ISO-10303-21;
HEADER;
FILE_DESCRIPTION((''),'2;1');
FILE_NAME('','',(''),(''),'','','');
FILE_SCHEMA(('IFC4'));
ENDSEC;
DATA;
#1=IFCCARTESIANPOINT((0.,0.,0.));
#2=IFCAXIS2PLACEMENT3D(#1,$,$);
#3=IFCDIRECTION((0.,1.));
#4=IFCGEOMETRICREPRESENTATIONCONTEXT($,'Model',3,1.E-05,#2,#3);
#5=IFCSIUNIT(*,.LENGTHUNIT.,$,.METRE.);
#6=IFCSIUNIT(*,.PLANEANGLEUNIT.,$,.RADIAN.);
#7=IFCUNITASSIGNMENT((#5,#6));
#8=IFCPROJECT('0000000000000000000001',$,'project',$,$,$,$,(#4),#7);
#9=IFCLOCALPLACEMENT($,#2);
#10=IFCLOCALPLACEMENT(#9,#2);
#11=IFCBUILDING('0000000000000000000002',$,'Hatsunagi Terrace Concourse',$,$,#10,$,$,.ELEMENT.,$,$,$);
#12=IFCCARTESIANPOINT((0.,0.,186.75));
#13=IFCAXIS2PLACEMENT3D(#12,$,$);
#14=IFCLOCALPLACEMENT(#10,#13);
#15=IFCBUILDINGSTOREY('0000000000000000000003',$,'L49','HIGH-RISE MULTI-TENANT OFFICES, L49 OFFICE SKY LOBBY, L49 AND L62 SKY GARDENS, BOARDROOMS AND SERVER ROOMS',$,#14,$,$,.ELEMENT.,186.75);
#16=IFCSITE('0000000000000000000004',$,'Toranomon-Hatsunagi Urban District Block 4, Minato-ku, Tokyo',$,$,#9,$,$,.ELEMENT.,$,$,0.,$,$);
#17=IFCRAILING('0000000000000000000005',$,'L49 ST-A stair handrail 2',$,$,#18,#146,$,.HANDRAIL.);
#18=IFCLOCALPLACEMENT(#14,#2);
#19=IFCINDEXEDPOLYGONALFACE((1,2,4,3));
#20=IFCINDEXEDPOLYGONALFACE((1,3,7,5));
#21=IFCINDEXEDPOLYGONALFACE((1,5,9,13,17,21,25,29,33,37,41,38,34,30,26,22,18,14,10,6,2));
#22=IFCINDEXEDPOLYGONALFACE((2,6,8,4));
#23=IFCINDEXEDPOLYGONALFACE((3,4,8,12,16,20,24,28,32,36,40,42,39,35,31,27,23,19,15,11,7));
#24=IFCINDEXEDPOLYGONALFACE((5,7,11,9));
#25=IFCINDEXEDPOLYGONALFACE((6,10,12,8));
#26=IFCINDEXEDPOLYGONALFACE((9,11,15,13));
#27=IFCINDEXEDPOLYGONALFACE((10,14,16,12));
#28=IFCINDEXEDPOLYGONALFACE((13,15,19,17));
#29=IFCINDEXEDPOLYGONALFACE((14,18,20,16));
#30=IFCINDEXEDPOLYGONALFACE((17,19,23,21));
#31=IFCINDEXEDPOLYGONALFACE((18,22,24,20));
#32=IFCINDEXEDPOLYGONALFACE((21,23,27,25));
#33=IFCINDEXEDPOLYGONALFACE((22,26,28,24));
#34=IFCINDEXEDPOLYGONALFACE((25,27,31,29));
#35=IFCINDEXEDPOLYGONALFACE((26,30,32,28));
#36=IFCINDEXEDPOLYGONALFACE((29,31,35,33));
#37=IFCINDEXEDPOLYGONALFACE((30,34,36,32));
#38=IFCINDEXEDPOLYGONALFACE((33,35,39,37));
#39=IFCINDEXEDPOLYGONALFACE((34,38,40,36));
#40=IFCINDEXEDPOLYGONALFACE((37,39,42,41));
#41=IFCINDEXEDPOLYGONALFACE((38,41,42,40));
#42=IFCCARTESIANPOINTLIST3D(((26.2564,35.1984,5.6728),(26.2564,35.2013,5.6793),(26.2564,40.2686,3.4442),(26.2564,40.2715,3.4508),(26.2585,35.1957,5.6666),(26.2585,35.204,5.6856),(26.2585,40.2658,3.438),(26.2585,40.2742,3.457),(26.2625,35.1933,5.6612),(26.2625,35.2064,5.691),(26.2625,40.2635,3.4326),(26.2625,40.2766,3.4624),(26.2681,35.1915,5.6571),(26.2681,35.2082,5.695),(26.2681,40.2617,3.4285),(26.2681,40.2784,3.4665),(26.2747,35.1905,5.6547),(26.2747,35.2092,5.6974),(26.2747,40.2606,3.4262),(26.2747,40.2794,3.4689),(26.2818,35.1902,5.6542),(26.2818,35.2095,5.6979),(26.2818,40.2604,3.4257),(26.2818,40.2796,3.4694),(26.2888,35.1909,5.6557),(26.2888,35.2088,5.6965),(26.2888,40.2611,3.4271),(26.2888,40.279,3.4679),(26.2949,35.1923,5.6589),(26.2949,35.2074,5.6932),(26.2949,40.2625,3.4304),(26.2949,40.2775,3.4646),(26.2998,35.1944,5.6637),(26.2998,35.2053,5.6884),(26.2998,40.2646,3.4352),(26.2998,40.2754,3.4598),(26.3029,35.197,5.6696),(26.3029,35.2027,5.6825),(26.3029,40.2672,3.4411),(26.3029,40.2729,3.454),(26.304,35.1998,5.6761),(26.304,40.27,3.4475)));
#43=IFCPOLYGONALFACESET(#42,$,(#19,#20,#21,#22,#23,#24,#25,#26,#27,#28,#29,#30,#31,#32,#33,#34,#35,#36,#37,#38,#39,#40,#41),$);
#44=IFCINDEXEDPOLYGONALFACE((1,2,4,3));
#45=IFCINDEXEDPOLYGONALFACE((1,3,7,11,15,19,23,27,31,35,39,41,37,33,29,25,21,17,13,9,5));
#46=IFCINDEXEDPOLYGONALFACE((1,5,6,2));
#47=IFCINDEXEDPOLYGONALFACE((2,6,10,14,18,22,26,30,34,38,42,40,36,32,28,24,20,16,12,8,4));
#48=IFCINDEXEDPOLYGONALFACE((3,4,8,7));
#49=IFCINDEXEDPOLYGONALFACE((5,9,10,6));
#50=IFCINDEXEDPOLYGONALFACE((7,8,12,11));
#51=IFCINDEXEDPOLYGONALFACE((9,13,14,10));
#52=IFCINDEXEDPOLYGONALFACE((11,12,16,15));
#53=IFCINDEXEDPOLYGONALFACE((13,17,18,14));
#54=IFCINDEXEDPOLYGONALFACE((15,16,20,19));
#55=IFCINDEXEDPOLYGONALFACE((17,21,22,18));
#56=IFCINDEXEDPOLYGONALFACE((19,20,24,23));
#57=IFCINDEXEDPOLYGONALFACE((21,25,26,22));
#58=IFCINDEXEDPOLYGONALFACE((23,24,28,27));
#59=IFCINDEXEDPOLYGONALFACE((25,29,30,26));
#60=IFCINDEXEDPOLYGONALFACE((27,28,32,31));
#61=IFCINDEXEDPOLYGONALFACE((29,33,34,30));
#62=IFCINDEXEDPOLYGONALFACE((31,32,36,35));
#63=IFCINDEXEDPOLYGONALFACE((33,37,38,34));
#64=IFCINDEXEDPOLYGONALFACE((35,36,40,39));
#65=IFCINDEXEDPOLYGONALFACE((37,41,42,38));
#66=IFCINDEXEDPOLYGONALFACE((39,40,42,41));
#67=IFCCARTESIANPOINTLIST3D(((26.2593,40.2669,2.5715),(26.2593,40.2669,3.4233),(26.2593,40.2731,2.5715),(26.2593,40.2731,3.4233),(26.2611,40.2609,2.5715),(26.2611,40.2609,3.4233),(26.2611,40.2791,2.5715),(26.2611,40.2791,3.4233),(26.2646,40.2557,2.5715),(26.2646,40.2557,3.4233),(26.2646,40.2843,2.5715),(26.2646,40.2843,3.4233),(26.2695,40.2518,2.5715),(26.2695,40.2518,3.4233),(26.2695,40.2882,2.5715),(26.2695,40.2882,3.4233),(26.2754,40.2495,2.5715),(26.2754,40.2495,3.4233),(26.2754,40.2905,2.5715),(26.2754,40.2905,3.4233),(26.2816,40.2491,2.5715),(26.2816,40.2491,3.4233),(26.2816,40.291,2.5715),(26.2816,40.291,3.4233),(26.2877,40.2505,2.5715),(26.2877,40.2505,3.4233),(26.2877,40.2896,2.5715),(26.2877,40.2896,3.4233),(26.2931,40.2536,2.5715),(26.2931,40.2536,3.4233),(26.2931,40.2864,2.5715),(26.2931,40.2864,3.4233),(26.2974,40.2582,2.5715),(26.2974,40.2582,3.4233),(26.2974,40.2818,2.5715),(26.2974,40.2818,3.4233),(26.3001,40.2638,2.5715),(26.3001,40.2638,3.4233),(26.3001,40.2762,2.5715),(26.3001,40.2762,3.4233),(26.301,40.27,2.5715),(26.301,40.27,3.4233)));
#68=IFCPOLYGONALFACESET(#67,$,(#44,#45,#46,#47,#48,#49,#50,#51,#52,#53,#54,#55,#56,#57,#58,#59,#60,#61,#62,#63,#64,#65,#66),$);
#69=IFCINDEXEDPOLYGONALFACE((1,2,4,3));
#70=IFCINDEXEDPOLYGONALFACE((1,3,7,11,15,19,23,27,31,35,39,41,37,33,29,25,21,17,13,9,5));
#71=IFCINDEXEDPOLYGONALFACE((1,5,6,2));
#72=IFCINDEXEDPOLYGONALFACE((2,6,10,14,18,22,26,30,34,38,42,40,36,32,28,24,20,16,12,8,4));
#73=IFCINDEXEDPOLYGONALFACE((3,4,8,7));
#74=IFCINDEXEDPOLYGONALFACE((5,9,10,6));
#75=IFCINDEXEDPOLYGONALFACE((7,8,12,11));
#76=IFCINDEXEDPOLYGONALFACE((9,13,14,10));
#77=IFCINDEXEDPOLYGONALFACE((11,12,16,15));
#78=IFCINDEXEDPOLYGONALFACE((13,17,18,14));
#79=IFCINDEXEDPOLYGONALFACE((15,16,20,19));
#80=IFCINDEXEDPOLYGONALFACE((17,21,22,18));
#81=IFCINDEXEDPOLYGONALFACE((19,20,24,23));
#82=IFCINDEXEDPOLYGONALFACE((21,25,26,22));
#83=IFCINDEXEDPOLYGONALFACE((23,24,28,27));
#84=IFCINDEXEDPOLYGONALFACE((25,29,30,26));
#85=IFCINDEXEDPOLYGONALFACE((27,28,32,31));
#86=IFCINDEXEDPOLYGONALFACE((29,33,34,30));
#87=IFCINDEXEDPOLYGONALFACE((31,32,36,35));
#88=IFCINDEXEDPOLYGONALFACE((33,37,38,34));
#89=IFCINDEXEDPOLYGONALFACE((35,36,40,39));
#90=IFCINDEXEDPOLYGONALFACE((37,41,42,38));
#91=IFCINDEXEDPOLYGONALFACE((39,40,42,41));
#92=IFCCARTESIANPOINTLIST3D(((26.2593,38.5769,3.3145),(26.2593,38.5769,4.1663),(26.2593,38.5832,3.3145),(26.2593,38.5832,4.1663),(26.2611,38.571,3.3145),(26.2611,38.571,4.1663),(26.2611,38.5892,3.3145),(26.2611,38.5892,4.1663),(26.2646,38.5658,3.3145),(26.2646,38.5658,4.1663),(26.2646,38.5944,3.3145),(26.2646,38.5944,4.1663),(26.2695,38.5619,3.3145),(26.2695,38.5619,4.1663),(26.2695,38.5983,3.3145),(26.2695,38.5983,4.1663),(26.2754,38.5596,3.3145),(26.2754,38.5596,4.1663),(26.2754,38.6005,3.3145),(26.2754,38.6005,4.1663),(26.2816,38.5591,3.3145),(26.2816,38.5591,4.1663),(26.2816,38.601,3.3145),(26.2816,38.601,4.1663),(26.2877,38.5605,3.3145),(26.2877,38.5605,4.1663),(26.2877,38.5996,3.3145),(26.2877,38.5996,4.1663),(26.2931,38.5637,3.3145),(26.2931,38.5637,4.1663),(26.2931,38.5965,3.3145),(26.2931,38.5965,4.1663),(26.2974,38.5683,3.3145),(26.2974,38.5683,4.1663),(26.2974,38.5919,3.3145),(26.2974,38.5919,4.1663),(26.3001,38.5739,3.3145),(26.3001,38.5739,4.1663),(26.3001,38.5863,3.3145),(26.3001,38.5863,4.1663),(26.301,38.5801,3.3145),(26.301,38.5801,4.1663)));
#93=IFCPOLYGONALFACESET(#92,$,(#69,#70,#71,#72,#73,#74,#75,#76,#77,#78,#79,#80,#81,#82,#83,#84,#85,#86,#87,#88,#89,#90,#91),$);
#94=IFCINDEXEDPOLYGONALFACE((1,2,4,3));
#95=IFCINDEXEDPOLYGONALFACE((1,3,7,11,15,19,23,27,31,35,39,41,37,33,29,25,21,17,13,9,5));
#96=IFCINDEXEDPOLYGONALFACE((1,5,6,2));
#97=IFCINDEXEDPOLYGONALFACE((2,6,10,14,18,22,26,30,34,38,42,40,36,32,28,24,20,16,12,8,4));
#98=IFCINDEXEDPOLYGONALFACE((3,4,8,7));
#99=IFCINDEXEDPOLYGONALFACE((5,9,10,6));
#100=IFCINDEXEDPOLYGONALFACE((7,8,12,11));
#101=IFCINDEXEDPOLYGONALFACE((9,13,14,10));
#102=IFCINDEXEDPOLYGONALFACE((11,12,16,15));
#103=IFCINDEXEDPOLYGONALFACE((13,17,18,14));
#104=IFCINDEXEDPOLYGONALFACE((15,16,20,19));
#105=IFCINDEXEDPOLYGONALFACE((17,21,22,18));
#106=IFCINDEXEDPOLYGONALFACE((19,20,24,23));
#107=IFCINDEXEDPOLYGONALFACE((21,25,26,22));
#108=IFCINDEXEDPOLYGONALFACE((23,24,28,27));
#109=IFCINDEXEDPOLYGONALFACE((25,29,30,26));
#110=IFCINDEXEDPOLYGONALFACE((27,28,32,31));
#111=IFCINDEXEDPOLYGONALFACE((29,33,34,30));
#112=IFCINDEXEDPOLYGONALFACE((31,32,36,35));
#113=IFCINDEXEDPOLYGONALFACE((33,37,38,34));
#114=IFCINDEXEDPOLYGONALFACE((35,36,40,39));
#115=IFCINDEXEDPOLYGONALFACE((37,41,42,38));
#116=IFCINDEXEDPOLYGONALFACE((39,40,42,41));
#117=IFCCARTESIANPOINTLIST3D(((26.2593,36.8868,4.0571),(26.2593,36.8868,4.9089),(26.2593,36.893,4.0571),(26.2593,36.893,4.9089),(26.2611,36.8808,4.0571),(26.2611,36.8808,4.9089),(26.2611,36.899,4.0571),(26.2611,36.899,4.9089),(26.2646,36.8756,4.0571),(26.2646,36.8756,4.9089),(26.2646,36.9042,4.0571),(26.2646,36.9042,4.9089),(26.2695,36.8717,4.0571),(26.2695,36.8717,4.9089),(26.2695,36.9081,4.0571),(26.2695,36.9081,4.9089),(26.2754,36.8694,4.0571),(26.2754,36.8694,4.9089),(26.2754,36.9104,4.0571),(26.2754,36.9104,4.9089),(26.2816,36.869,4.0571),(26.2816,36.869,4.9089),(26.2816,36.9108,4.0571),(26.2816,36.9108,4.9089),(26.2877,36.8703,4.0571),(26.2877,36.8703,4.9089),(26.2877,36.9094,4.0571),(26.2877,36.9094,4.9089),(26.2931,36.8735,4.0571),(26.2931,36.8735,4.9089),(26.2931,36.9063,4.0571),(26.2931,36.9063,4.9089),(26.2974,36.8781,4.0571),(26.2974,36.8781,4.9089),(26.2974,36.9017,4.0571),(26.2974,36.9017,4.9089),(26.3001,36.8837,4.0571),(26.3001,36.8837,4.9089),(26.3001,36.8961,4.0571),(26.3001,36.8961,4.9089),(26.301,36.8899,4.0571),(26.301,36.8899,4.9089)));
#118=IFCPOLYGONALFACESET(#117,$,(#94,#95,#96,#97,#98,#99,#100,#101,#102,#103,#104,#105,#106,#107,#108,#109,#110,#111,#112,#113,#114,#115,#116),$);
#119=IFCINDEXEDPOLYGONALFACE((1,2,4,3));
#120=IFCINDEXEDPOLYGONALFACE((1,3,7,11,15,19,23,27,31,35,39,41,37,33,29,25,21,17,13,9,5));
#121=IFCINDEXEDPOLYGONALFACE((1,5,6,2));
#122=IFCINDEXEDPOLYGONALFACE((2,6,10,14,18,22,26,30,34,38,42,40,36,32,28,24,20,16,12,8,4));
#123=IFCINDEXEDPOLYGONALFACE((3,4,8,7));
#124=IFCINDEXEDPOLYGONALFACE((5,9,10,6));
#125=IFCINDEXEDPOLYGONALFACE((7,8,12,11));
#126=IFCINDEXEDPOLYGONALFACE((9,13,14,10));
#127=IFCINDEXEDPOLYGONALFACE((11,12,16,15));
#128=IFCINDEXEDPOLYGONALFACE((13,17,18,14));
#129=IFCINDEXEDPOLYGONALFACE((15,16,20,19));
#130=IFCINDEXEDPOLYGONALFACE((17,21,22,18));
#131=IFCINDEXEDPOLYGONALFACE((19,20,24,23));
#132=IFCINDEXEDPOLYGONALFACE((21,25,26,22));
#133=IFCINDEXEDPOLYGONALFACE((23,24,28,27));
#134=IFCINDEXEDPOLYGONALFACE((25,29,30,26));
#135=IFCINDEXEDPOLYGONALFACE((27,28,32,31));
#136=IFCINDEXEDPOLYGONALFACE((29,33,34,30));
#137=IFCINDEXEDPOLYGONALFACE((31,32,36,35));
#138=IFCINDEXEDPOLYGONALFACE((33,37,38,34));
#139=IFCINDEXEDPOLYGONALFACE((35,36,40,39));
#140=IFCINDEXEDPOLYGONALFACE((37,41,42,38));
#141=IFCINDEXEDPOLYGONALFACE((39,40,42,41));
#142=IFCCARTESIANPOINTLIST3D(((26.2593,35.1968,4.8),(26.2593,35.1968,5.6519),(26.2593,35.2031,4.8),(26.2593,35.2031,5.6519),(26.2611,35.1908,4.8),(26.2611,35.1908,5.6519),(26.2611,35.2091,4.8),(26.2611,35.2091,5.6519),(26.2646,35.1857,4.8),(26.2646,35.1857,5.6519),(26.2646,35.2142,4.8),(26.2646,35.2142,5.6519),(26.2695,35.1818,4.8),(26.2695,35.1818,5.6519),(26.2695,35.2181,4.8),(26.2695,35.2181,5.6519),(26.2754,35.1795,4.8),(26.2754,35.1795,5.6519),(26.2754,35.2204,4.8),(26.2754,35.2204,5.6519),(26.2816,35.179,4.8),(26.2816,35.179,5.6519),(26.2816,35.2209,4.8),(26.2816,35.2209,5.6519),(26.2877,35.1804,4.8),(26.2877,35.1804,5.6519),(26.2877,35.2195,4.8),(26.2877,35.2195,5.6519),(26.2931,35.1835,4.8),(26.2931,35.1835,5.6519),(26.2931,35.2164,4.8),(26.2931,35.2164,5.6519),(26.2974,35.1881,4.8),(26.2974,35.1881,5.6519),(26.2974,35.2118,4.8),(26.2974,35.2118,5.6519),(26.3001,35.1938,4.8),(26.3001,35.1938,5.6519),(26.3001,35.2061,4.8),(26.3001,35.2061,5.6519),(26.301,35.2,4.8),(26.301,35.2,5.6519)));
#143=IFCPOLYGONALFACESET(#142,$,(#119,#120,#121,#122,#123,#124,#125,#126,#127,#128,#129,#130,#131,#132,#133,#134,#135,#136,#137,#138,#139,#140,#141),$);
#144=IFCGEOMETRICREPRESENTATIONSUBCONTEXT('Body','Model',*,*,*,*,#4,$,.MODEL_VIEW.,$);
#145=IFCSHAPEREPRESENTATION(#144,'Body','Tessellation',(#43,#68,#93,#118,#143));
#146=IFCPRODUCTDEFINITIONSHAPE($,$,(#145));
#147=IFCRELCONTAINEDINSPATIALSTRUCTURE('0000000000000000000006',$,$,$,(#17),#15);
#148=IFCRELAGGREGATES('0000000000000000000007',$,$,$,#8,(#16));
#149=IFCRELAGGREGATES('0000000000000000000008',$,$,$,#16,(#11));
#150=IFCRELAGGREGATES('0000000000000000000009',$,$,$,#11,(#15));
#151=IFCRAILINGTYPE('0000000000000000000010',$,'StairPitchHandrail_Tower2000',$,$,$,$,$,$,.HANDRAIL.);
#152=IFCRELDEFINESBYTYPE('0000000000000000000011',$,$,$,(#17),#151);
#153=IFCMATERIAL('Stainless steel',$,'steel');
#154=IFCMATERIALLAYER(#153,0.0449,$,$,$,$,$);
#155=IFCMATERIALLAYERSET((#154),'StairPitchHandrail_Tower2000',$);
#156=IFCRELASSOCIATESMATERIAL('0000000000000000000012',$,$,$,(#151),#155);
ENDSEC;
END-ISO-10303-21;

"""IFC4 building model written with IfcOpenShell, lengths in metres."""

from ifc_helpers import new_model, si_unit, direction, frame, origin, origin_2d, place, context, subcontext, project, spatial, circle, extrude, material, layer, layer_set, type_object, element, save


model = new_model("IFC4")

# Units and contexts
model_context = context("Model", 3, precision=1e-05, world=origin(), true_north=direction((0.0, 1.0)))
body_context = subcontext(model_context, "Body", "Model", "MODEL_VIEW")
ifc_project = project(units=[si_unit("LENGTHUNIT", "METRE"), si_unit("PLANEANGLEUNIT", "RADIAN")], contexts=[model_context])

# Site, building, storey
site_placement = place(None, origin())
site = spatial("IfcSite", under=ifc_project, at=site_placement, Name="Toranomon-Hatsunagi Urban District Block 4, Minato-ku, Tokyo", CompositionType="ELEMENT", RefElevation=0.0)
building_placement = place(site_placement, origin())
building = spatial("IfcBuilding", under=site, at=building_placement, Name="Hatsunagi Terrace Concourse", CompositionType="ELEMENT")
storey_placement = place(building_placement, frame((0.0, 0.0, 186.75)))
storey = spatial("IfcBuildingStorey", under=building, at=storey_placement, Name="L49", Description="HIGH-RISE MULTI-TENANT OFFICES, L49 OFFICE SKY LOBBY, L49 AND L62 SKY GARDENS, BOARDROOMS AND SERVER ROOMS", CompositionType="ELEMENT", Elevation=186.75)

# Railing
ifc_material_1 = material(Name="Stainless steel", Category="steel")
ifc_layer_1 = layer(ifc_material_1, 0.0449)
ifc_layer_set_1 = layer_set([ifc_layer_1], Name="StairPitchHandrail_Tower2000")
railing_type_1 = type_object("IfcRailingType", Name="StairPitchHandrail_Tower2000", PredefinedType="HANDRAIL", material=ifc_layer_set_1)
railing_1_placement = place(storey_placement, frame((26.28, 40.27, 2.5715)))
element("IfcRailing", 1, at=railing_1_placement, inside=storey, type_object=railing_type_1, Name="L49 ST-A stair handrail 2", PredefinedType="HANDRAIL", context=body_context, shape_type="SweptSolid", body=[
    extrude(circle(Radius=0.0239, at=origin_2d()), frame((0.0, 0.0, 0.876), z_axis=(0.0, -0.915469, 0.402388), x_axis=(1.0, 0.0, 0.0)), (0.0, 0.0, 1.0), 5.5383),
    extrude(circle(Radius=0.021, at=origin_2d()), origin(), (0.0, 0.0, 1.0), 0.8518),
    extrude(circle(Radius=0.021, at=origin_2d()), frame((0.0, -1.6899, 0.7429)), (0.0, 0.0, 1.0), 0.8518),
    extrude(circle(Radius=0.021, at=origin_2d()), frame((0.0, -3.3801, 1.4856)), (0.0, 0.0, 1.0), 0.8518),
    extrude(circle(Radius=0.021, at=origin_2d()), frame((0.0, -5.0701, 2.2285)), (0.0, 0.0, 1.0), 0.8518),
])

save(model, "model.ifc")
